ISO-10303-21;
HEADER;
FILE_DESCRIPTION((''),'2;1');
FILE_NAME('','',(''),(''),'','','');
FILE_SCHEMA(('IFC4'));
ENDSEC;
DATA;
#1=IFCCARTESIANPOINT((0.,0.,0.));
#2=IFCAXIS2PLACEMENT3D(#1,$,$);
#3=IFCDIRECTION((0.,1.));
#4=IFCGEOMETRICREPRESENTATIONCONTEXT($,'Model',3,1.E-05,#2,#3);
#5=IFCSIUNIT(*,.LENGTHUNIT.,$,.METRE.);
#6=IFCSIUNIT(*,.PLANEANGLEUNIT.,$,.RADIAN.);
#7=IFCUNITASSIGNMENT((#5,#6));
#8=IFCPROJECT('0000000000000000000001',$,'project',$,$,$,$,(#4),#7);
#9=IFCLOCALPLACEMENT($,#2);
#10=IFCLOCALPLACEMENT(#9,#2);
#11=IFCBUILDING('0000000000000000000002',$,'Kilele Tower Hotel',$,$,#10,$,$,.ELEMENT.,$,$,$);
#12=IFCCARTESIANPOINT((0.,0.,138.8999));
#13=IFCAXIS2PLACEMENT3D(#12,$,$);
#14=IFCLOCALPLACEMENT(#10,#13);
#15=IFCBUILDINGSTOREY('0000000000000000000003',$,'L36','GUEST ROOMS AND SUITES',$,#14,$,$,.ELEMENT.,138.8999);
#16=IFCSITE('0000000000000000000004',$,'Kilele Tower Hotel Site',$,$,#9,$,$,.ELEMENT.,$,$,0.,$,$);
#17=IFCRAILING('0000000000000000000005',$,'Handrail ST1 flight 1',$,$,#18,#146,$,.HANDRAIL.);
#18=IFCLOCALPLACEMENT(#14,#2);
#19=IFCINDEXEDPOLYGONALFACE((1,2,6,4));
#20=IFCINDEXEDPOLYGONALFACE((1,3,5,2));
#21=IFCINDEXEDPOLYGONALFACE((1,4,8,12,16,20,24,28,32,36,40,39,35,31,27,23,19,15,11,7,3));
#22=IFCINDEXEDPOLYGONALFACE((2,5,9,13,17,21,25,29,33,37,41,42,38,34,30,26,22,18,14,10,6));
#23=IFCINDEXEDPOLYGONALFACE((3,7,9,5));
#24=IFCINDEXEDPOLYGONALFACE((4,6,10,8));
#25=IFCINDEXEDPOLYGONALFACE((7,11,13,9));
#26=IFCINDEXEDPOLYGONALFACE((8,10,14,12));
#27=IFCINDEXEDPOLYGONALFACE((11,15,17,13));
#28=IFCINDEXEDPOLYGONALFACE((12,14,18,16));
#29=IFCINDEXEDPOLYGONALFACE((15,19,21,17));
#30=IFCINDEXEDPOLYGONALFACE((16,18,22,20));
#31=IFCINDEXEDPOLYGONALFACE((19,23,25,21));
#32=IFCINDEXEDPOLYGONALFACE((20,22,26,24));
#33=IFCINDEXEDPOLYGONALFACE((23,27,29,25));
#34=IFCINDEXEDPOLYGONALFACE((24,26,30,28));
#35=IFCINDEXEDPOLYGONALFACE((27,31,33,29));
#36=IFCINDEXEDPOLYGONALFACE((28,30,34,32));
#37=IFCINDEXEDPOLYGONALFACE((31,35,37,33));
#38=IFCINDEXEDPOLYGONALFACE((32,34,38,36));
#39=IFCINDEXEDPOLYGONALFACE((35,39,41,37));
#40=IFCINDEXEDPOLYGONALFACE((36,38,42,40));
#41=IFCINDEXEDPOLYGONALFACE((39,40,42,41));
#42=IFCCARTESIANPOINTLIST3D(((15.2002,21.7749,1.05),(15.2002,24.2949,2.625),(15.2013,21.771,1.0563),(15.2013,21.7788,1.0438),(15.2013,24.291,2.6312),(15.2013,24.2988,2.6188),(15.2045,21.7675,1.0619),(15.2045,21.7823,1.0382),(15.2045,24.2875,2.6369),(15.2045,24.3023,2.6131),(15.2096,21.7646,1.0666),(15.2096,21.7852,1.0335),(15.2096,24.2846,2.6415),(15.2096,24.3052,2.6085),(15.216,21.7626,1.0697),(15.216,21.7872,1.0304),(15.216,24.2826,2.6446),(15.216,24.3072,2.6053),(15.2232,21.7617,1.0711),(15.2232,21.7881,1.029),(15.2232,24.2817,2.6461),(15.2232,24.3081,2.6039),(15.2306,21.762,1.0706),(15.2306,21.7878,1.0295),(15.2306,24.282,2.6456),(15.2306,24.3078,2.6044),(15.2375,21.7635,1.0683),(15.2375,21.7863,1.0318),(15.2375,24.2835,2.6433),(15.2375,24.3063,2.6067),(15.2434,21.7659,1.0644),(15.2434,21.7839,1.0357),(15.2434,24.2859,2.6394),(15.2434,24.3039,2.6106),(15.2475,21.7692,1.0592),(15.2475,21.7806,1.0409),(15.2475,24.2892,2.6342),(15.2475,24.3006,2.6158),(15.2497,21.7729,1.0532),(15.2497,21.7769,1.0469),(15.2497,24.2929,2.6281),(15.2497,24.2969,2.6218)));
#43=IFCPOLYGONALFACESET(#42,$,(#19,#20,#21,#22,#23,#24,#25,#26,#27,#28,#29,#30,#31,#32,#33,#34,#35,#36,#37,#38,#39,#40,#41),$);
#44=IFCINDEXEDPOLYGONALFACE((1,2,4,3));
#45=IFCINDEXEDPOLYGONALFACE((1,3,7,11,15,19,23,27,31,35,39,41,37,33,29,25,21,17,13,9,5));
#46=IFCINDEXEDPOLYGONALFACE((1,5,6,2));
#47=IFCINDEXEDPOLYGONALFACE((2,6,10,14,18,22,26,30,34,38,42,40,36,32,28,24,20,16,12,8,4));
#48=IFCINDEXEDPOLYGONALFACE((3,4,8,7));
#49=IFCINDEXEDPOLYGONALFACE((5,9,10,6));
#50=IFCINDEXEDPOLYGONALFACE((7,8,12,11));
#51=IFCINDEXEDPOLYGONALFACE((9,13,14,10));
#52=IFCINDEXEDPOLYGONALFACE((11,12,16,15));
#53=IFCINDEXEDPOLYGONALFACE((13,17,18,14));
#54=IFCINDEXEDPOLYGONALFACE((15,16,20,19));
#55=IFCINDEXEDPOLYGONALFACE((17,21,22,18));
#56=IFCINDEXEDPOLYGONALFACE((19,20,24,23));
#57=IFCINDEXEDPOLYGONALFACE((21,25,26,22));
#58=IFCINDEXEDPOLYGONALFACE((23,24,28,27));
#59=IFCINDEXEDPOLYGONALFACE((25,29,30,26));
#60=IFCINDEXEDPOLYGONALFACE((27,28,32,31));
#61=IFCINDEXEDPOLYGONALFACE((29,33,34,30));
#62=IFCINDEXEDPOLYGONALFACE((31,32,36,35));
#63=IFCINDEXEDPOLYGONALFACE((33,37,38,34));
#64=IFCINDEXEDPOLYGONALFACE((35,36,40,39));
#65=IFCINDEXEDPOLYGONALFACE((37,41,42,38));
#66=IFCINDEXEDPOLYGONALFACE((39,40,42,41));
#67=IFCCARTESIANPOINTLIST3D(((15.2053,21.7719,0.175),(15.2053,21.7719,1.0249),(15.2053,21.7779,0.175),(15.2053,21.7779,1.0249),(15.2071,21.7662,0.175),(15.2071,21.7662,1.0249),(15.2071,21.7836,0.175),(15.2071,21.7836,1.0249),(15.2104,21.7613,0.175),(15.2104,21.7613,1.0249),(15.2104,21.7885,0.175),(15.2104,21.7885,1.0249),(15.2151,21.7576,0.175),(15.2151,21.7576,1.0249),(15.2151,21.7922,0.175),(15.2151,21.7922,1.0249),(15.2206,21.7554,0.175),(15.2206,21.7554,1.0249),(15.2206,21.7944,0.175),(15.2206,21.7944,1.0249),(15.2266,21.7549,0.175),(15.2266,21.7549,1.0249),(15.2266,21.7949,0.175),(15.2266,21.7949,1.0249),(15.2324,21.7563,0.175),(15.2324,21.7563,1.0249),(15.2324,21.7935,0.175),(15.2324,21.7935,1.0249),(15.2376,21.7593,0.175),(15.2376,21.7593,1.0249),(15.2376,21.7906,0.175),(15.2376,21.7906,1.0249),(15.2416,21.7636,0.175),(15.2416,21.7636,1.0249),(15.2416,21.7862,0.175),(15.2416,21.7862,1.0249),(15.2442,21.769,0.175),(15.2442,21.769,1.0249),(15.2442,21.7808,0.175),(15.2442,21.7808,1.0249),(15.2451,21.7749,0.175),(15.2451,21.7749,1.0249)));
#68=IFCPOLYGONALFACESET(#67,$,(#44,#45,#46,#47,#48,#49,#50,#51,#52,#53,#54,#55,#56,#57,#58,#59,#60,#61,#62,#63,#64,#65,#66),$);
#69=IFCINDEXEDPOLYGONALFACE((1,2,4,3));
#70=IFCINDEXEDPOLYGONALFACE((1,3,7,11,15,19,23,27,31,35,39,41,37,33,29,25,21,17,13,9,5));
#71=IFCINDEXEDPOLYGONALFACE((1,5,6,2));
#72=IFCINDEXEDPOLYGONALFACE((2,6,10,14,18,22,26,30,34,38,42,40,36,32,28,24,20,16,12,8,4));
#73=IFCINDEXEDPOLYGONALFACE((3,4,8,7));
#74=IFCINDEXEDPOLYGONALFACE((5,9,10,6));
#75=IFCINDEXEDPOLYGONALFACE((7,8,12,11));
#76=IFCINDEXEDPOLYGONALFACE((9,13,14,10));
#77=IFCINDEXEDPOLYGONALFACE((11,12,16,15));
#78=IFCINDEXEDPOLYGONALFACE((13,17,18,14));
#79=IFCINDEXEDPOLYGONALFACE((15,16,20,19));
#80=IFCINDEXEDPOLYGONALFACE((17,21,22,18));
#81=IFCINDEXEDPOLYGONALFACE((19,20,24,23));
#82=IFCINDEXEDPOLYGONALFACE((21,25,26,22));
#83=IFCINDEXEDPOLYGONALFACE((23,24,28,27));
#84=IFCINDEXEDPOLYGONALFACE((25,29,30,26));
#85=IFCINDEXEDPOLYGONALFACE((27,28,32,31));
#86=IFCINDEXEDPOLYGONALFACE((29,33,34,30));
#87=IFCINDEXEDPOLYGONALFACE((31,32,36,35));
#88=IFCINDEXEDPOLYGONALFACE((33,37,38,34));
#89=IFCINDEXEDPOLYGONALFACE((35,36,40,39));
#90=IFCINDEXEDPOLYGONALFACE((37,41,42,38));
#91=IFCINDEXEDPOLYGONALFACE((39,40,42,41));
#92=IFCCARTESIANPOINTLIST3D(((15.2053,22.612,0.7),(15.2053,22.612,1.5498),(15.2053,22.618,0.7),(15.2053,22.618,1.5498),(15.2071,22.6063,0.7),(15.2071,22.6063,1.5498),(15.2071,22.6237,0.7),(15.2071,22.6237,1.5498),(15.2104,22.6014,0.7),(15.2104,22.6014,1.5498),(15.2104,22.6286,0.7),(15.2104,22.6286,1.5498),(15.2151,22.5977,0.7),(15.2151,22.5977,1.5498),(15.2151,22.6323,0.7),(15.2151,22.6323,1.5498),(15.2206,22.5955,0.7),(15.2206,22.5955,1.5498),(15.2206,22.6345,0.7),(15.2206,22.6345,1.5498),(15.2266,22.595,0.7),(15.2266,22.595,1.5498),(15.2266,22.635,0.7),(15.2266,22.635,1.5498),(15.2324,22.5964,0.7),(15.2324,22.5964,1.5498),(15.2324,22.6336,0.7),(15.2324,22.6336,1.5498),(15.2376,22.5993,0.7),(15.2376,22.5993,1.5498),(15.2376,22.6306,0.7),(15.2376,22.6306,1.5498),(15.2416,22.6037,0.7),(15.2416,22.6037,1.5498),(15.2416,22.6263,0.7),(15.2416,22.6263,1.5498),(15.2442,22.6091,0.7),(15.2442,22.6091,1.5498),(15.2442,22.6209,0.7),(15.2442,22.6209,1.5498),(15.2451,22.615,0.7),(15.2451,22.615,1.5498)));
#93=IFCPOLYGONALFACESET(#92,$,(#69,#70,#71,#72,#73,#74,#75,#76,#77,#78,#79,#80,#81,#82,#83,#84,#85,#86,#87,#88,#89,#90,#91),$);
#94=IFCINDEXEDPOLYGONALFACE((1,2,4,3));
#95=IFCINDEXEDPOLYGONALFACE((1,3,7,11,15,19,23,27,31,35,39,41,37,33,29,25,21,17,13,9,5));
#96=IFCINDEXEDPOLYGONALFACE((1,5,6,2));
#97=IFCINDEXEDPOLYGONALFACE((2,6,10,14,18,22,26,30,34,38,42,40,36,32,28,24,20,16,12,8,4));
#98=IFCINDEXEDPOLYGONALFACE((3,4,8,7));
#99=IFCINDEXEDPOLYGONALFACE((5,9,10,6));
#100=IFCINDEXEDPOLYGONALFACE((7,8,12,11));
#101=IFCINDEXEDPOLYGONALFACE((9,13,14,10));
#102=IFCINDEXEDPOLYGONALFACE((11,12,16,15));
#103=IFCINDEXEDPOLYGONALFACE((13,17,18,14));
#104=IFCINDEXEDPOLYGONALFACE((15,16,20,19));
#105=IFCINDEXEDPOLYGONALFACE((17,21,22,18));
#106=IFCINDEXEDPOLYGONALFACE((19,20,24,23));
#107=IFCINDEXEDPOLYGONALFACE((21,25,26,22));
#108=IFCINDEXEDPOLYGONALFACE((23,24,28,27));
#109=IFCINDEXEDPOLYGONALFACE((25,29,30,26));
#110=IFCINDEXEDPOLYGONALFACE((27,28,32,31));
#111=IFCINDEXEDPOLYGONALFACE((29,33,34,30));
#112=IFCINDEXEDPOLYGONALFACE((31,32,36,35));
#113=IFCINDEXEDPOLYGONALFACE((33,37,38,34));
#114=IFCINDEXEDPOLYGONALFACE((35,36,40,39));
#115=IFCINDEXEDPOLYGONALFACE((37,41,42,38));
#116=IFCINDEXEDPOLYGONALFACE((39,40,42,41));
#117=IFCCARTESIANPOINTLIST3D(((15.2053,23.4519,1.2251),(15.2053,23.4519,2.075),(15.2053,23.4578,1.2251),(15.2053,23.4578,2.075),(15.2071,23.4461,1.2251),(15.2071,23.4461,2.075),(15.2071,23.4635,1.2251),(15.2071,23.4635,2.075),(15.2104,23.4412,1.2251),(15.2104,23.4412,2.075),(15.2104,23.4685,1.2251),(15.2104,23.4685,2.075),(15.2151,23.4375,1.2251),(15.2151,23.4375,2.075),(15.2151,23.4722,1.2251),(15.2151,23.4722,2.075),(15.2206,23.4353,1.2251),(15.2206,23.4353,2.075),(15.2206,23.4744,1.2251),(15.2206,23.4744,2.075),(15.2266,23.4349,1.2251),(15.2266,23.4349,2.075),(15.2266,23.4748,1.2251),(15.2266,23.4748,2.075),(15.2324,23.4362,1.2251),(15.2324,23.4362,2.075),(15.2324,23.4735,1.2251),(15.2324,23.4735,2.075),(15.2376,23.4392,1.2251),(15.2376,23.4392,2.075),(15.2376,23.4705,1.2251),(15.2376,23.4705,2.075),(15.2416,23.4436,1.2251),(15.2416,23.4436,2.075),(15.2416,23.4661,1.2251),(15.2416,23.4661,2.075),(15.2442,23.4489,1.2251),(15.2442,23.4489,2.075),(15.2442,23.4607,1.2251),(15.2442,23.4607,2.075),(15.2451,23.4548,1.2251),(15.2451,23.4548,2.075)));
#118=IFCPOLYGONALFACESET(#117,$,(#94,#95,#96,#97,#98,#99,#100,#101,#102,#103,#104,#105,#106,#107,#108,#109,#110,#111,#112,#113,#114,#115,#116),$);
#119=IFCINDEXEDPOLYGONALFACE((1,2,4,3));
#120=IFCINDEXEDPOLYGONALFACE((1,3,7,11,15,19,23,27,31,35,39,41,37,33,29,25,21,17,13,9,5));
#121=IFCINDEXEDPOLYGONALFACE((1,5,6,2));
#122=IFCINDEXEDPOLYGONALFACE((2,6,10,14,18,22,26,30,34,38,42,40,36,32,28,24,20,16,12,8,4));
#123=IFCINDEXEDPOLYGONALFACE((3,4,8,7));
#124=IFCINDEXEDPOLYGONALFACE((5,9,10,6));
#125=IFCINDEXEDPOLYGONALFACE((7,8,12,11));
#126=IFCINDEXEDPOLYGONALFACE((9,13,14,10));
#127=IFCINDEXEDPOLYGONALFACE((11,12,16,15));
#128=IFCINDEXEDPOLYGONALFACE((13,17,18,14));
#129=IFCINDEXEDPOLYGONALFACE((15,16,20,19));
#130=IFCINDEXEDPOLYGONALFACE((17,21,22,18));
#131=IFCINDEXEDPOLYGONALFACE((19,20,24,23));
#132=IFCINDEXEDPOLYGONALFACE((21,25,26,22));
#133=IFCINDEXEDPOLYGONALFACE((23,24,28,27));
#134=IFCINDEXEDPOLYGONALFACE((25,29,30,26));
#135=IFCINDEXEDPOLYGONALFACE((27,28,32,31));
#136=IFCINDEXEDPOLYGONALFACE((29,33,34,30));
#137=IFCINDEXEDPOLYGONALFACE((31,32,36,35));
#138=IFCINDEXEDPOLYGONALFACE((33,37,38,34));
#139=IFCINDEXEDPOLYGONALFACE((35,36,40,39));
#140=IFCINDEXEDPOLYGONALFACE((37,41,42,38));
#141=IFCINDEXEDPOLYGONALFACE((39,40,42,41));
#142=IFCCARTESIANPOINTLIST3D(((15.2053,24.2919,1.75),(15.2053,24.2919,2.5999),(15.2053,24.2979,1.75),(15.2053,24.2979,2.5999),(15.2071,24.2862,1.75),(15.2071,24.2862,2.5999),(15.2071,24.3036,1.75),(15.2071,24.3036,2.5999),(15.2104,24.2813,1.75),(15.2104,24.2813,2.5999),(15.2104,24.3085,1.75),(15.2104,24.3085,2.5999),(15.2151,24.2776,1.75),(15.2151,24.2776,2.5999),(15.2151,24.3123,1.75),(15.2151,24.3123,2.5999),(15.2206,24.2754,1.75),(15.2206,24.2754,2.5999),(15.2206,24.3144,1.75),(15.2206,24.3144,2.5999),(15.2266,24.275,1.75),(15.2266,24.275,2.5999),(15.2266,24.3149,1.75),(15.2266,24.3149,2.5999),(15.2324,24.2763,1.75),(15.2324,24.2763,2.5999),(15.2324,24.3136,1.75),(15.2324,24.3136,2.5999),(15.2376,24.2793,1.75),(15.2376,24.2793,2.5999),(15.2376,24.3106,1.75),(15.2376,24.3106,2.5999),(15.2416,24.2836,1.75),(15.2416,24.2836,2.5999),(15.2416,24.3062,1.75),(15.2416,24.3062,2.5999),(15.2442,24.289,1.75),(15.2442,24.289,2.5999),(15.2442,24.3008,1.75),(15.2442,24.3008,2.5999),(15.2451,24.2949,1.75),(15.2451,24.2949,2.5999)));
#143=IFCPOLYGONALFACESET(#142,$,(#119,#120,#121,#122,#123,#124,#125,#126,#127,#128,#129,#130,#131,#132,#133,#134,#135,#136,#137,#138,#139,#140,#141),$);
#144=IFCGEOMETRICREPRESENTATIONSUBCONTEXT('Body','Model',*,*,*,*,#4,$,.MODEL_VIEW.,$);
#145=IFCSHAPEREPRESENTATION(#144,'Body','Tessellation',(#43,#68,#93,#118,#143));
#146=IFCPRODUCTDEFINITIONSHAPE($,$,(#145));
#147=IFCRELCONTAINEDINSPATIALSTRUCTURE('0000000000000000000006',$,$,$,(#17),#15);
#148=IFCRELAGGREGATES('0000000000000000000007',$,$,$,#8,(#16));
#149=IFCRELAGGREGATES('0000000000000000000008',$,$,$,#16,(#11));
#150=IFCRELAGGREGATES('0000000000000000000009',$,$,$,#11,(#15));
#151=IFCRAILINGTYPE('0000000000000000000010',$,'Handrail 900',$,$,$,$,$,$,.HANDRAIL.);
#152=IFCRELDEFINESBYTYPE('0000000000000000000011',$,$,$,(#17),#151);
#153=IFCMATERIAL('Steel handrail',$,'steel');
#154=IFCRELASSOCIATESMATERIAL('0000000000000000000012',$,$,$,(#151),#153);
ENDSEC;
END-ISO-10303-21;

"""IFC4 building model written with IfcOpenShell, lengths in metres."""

from ifc_helpers import new_model, si_unit, direction, frame, origin, origin_2d, place, context, subcontext, project, spatial, circle, extrude, material, type_object, element, save


model = new_model("IFC4")

# Units and contexts
model_context = context("Model", 3, precision=1e-05, world=origin(), true_north=direction((0.0, 1.0)))
body_context = subcontext(model_context, "Body", "Model", "MODEL_VIEW")
ifc_project = project(units=[si_unit("LENGTHUNIT", "METRE"), si_unit("PLANEANGLEUNIT", "RADIAN")], contexts=[model_context])

# Site, building, storey
site_placement = place(None, origin())
site = spatial("IfcSite", under=ifc_project, at=site_placement, Name="Kilele Tower Hotel Site", CompositionType="ELEMENT", RefElevation=0.0)
building_placement = place(site_placement, origin())
building = spatial("IfcBuilding", under=site, at=building_placement, Name="Kilele Tower Hotel", CompositionType="ELEMENT")
storey_placement = place(building_placement, frame((0.0, 0.0, 138.8999)))
storey = spatial("IfcBuildingStorey", under=building, at=storey_placement, Name="L36", Description="GUEST ROOMS AND SUITES", CompositionType="ELEMENT", Elevation=138.8999)

# Railing
ifc_material_1 = material(Name="Steel handrail", Category="steel")
railing_type_1 = type_object("IfcRailingType", Name="Handrail 900", PredefinedType="HANDRAIL", material=ifc_material_1)
for number, where, name in (
    (1, (15.2251, 21.7749, 0.175), "Handrail ST1 flight 1"),
):
    element("IfcRailing", number, at=place(storey_placement, frame(where)), inside=storey, type_object=railing_type_1, Name=name, PredefinedType="HANDRAIL", context=body_context, shape_type="SweptSolid", body=[
        extrude(circle(Radius=0.0249, at=origin_2d()), frame((0.0, 0.0, 0.875), z_axis=(0.0, 0.848008, 0.529984), x_axis=(-1.0, 0.0, 0.0)), (0.0, 0.0, 1.0), 2.9717),
        extrude(circle(Radius=0.02, at=origin_2d()), origin(), (0.0, 0.0, 1.0), 0.8499),
        extrude(circle(Radius=0.02, at=origin_2d()), frame((0.0, 0.8401, 0.5249)), (0.0, 0.0, 1.0), 0.8499),
        extrude(circle(Radius=0.02, at=origin_2d()), frame((0.0, 1.6799, 1.05)), (0.0, 0.0, 1.0), 0.8499),
        extrude(circle(Radius=0.02, at=origin_2d()), frame((0.0, 2.52, 1.575)), (0.0, 0.0, 1.0), 0.8499),
    ])

save(model, "model.ifc")
